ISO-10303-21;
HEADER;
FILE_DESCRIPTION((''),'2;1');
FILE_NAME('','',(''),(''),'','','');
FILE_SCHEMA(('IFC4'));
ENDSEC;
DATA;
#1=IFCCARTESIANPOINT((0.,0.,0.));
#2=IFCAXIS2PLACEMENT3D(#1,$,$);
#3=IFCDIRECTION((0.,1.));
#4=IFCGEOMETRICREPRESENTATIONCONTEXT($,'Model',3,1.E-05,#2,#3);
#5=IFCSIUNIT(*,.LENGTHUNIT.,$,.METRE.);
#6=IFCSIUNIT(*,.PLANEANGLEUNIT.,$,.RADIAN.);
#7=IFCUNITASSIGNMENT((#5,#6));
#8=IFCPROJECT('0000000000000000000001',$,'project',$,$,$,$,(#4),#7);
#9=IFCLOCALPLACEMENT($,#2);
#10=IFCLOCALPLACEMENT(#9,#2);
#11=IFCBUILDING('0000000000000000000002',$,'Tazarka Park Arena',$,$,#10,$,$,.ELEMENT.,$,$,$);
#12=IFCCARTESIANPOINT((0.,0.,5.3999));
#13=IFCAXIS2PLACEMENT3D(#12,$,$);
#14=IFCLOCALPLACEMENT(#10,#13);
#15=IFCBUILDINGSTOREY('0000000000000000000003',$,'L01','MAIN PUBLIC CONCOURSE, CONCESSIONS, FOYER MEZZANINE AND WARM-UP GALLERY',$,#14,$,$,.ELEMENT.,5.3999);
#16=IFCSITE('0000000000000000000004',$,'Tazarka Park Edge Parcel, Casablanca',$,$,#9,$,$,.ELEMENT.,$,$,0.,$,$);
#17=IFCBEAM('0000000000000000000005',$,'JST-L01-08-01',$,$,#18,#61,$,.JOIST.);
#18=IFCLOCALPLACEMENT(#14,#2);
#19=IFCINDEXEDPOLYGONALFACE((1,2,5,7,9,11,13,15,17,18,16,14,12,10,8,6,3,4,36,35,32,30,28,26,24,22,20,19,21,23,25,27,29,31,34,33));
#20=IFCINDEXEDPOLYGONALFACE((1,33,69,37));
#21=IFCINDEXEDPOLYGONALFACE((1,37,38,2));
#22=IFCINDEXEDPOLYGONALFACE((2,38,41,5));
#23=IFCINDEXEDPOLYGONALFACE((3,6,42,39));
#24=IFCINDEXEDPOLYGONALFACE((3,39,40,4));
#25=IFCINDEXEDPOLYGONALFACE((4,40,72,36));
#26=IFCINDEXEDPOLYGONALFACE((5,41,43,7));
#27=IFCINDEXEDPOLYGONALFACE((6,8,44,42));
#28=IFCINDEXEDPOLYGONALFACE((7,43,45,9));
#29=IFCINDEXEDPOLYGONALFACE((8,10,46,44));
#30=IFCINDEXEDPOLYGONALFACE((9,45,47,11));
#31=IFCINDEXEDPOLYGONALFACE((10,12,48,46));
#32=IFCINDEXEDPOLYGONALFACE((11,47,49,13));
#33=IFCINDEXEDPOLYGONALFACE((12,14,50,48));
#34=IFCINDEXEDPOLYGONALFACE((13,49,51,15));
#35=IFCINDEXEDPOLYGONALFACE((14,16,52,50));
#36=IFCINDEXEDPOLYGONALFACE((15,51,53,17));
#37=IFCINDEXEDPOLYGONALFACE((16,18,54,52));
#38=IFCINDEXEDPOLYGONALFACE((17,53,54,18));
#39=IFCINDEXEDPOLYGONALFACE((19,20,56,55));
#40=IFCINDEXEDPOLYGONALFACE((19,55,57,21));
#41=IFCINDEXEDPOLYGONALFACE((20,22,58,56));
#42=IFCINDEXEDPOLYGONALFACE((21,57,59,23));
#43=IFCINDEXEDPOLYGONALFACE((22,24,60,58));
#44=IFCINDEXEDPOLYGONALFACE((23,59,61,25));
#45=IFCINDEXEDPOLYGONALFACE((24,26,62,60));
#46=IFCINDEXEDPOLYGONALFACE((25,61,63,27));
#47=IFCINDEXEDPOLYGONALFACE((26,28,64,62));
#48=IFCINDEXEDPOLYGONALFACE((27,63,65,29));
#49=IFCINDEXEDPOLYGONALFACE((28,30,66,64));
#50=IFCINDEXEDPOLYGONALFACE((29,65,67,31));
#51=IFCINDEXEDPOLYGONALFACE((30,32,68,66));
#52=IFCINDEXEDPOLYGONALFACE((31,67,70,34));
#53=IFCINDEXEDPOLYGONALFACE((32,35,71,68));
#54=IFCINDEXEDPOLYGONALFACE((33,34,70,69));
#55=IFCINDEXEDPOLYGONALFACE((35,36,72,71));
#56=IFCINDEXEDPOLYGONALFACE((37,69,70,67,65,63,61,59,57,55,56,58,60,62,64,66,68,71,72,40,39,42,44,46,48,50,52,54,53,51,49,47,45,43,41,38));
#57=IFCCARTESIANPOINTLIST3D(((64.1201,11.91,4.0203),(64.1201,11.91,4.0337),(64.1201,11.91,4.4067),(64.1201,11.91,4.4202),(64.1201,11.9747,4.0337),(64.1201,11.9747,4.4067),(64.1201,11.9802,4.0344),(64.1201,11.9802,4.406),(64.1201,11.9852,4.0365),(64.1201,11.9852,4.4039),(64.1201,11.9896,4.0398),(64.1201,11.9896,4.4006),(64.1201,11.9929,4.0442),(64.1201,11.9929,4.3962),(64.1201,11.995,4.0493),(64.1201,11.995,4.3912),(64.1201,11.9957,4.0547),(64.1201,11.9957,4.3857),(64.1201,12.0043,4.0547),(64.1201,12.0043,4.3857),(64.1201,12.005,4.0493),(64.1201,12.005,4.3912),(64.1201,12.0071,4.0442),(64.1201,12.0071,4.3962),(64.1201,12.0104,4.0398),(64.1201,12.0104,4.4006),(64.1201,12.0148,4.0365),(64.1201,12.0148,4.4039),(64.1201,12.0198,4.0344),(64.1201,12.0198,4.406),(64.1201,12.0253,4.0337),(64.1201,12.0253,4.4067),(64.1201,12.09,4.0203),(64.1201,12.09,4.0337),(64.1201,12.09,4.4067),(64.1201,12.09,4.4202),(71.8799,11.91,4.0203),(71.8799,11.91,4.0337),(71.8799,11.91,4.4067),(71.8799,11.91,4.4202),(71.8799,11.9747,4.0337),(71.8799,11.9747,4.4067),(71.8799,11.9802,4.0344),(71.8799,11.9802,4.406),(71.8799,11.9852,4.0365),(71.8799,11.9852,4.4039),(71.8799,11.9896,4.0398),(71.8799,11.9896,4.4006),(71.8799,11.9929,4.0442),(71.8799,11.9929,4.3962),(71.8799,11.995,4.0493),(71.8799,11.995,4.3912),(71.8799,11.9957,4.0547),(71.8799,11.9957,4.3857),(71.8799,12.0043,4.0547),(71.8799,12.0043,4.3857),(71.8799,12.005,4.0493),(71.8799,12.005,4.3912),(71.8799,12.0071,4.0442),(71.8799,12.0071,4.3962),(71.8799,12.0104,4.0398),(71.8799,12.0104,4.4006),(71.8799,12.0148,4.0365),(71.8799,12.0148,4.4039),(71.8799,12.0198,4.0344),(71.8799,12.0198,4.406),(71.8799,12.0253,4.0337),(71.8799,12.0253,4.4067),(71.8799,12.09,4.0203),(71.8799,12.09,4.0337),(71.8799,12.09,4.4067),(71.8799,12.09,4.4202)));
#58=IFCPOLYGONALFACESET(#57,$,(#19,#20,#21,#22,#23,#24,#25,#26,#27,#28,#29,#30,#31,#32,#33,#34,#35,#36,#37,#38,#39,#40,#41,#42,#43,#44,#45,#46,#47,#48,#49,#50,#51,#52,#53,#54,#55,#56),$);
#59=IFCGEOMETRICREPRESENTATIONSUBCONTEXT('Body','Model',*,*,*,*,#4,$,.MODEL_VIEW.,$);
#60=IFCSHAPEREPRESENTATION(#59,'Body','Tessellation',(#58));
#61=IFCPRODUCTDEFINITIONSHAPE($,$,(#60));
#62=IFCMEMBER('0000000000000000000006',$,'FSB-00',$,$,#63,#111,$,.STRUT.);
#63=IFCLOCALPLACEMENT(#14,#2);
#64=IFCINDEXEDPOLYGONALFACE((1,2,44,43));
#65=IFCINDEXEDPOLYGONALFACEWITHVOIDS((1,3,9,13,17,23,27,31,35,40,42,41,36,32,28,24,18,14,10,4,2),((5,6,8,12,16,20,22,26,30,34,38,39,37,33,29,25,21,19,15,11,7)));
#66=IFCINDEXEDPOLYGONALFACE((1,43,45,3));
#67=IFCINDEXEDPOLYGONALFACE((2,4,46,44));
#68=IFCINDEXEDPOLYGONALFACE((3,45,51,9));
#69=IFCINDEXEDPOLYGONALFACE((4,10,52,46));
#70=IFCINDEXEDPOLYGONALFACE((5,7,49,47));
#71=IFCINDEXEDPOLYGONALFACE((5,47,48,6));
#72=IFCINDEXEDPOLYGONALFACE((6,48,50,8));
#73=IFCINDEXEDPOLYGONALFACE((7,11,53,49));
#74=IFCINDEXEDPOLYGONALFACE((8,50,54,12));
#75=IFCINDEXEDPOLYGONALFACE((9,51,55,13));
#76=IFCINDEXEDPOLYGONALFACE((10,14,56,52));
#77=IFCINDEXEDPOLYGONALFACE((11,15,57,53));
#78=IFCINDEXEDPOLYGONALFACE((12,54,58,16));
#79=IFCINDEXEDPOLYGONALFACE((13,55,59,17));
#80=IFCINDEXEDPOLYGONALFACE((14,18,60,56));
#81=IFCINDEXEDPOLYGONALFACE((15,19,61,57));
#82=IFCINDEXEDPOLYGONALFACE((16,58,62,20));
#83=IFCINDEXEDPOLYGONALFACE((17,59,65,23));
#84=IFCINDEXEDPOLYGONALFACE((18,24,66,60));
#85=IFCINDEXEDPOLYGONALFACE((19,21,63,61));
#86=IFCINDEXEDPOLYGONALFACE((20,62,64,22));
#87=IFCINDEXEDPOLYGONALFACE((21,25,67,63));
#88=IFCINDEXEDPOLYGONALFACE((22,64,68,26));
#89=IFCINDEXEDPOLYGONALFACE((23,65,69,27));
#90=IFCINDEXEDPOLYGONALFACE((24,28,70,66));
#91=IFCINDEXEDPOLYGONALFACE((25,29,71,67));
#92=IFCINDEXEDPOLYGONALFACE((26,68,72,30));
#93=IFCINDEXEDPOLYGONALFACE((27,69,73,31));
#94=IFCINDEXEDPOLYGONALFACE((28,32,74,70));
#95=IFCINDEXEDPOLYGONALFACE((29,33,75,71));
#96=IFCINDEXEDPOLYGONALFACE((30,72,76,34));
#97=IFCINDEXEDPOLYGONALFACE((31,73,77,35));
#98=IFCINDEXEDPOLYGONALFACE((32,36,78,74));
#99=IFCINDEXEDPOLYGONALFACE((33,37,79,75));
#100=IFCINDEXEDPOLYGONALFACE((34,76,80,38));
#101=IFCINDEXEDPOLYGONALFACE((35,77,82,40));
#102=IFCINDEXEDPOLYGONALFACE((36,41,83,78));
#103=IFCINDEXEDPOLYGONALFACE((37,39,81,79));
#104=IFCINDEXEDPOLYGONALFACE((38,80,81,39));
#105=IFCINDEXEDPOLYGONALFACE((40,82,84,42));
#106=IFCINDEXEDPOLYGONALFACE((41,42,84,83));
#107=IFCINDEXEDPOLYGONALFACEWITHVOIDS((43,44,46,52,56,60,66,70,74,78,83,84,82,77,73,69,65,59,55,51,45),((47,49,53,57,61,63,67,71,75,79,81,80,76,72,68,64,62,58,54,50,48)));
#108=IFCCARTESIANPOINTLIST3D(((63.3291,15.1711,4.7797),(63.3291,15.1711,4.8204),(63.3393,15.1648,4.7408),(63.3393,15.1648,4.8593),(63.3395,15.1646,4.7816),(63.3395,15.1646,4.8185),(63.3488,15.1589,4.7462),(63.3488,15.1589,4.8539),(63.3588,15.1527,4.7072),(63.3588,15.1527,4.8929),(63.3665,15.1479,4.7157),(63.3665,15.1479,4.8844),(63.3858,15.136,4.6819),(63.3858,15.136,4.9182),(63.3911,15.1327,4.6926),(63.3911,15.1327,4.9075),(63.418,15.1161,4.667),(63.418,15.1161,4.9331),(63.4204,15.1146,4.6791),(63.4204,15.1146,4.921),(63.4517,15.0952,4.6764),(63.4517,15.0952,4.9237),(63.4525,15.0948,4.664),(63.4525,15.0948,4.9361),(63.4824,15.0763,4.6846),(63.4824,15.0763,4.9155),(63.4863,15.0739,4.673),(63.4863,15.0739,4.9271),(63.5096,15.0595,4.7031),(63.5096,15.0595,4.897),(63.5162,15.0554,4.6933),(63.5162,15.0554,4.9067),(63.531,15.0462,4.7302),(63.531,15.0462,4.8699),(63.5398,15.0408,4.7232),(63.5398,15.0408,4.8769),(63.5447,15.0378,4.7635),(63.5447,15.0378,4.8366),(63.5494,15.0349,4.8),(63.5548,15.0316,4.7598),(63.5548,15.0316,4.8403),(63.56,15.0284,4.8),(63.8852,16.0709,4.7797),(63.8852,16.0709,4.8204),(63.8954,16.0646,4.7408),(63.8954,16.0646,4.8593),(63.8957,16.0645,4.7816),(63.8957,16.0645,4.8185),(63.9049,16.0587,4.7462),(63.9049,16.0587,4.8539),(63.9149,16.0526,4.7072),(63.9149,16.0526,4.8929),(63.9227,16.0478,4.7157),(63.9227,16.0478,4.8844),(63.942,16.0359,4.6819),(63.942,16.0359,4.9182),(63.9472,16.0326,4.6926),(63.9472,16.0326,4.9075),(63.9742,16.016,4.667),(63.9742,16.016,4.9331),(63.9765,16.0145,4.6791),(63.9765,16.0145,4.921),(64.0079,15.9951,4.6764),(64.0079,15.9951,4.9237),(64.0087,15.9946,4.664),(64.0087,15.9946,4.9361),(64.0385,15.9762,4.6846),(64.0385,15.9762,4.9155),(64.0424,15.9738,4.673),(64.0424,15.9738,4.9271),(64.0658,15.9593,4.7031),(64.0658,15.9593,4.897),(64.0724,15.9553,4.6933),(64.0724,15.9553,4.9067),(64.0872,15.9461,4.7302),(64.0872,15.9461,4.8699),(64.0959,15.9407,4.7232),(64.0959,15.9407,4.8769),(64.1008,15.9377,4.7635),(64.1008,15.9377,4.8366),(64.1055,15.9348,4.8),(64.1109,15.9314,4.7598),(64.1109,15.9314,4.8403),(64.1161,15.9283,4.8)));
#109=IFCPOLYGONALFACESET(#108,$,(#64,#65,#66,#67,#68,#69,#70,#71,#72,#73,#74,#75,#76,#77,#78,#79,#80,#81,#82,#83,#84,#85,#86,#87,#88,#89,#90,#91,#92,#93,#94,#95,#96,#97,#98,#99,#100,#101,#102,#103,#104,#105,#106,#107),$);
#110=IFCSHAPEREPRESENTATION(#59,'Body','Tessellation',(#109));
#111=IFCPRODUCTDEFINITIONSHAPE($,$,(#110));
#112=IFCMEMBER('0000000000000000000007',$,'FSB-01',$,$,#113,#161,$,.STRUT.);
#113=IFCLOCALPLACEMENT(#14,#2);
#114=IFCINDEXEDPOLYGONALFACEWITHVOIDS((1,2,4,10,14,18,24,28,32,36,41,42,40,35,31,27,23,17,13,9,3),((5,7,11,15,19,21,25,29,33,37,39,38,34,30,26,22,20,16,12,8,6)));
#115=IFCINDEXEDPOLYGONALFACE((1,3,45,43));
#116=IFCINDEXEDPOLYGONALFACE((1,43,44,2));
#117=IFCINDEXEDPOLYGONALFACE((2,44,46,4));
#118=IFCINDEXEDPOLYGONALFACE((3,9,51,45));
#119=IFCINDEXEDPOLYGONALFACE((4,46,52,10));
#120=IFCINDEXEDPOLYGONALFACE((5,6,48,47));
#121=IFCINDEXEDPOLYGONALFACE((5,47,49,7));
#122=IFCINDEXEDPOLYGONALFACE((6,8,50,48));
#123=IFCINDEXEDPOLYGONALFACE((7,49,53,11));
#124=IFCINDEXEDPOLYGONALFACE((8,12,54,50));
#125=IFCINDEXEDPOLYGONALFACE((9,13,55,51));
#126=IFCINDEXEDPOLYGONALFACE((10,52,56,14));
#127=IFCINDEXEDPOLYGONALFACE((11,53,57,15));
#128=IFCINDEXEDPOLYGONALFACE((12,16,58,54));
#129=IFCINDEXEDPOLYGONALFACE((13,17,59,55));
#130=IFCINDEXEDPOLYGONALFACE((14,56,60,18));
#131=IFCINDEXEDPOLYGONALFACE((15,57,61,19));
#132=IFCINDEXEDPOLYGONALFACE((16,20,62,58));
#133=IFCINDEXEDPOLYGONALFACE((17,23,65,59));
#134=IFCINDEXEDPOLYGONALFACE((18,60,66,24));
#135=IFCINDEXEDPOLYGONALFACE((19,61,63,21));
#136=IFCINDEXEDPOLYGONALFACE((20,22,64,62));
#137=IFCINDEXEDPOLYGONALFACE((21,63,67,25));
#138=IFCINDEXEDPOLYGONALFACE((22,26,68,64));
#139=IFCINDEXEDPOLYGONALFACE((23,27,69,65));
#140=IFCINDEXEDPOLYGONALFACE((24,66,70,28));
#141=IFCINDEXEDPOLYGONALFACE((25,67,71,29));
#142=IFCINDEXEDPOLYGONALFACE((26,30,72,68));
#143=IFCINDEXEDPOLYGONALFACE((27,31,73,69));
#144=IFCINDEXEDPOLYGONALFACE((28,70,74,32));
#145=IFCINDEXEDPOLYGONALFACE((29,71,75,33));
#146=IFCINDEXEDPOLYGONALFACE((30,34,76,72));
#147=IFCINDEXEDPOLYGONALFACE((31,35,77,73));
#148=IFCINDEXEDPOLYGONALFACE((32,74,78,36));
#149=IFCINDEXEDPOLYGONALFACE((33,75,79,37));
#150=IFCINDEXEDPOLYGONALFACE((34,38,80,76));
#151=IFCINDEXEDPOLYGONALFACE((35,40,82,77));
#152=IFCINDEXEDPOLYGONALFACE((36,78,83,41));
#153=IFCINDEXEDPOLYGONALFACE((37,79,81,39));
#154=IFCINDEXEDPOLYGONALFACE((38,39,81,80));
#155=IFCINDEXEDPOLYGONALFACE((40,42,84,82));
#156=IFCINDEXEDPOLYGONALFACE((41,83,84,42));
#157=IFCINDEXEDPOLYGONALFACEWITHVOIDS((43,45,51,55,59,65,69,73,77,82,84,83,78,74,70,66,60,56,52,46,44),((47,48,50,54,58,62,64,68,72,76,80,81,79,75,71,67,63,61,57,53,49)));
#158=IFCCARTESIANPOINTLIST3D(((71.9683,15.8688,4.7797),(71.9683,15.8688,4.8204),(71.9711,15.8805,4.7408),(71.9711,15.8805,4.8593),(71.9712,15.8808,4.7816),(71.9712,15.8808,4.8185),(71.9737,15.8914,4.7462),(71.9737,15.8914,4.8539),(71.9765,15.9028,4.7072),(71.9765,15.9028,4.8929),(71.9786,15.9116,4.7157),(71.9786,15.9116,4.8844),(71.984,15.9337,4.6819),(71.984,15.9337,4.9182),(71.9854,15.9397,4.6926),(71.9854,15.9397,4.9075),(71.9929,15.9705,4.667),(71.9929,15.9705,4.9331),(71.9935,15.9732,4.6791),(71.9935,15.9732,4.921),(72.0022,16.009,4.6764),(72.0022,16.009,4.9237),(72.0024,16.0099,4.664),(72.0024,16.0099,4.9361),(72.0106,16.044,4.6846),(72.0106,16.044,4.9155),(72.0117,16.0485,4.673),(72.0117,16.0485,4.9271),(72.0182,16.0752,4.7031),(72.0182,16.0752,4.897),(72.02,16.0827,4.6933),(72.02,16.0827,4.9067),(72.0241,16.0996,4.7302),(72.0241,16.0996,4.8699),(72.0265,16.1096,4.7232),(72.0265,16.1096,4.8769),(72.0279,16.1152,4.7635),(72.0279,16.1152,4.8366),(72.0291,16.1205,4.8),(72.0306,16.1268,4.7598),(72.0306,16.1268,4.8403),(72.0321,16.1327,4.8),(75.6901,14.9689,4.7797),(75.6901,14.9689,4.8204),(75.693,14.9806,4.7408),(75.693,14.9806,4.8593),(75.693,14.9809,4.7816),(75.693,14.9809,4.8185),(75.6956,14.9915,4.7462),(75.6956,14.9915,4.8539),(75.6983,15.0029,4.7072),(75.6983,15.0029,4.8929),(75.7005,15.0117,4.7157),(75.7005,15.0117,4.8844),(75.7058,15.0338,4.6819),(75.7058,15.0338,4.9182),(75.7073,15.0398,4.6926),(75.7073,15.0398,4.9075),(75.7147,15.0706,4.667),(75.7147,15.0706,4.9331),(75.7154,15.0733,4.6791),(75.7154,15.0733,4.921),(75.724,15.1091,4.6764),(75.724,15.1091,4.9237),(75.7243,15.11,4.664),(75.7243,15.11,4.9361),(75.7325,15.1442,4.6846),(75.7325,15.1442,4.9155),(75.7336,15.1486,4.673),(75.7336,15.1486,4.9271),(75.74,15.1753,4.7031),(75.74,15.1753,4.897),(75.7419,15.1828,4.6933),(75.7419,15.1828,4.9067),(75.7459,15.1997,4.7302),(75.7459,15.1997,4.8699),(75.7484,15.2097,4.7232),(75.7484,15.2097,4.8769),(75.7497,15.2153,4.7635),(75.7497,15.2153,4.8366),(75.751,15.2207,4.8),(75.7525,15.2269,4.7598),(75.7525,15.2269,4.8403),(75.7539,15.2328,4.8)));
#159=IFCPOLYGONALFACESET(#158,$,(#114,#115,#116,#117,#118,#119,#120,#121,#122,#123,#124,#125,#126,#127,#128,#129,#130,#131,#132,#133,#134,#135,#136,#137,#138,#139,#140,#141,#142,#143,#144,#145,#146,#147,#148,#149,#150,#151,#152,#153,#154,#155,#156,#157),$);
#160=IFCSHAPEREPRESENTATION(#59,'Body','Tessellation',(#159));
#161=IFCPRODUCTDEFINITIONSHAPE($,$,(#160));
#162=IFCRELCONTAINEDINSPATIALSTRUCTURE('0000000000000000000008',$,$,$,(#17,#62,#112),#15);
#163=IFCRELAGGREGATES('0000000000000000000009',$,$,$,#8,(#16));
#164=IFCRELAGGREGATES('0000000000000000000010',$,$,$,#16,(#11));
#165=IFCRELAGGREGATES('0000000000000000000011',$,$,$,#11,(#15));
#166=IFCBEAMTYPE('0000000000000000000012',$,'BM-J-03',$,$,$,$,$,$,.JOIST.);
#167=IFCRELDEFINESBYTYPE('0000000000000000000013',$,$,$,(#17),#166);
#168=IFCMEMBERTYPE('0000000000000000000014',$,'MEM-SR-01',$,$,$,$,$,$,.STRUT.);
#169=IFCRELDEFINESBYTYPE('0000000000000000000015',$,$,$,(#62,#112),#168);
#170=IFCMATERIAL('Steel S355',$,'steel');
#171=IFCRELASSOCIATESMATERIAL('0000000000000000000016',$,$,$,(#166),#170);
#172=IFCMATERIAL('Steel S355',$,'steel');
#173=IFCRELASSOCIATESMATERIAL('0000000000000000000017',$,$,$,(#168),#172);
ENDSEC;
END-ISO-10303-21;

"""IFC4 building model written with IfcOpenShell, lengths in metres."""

from ifc_helpers import new_model, si_unit, direction, frame, origin, origin_2d, place, context, subcontext, project, spatial, hollow_circle, i_section, extrude, material, material_profile, profile_set, type_object, element, save


model = new_model("IFC4")

# Units and contexts
model_context = context("Model", 3, precision=1e-05, world=origin(), true_north=direction((0.0, 1.0)))
body_context = subcontext(model_context, "Body", "Model", "MODEL_VIEW")
ifc_project = project(units=[si_unit("LENGTHUNIT", "METRE"), si_unit("PLANEANGLEUNIT", "RADIAN")], contexts=[model_context])

# Site, building, storey
site_placement = place(None, origin())
site = spatial("IfcSite", under=ifc_project, at=site_placement, Name="Tazarka Park Edge Parcel, Casablanca", CompositionType="ELEMENT", RefElevation=0.0)
building_placement = place(site_placement, origin())
building = spatial("IfcBuilding", under=site, at=building_placement, Name="Tazarka Park Arena", CompositionType="ELEMENT")
storey_placement = place(building_placement, frame((0.0, 0.0, 5.3999)))
storey = spatial("IfcBuildingStorey", under=building, at=storey_placement, Name="L01", Description="MAIN PUBLIC CONCOURSE, CONCESSIONS, FOYER MEZZANINE AND WARM-UP GALLERY", CompositionType="ELEMENT", Elevation=5.3999)

# Beam
ifc_material_1 = material(Name="Steel S355", Category="steel")
ifc_material_profile_1 = material_profile(ifc_material_1, i_section(OverallWidth=0.1799, OverallDepth=0.3999, WebThickness=0.0085, FlangeThickness=0.0134, FilletRadius=0.021, at=origin_2d()), Name="Steel S355")
ifc_profile_set_1 = profile_set([ifc_material_profile_1], Name="Steel S355")
beam_type_1 = type_object("IfcBeamType", Name="BM-J-03", PredefinedType="JOIST", material=ifc_profile_set_1)
beam_1_placement = place(storey_placement, frame((64.1201, 12.0, 4.2202), z_axis=(1.0, 0.0, 0.0), x_axis=(0.0, 1.0, 0.0)))
element("IfcBeam", 1, at=beam_1_placement, inside=storey, type_object=beam_type_1, Name="JST-L01-08-01", PredefinedType="JOIST", context=body_context, shape_type="SweptSolid", body=[
    extrude(i_section(OverallWidth=0.1799, OverallDepth=0.3999, WebThickness=0.0085, FlangeThickness=0.0134, FilletRadius=0.021, at=origin_2d()), origin(), (0.0, 0.0, 1.0), 7.7598),
])

# Members
ifc_material_2 = material(Name="Steel S355", Category="steel")
ifc_material_profile_2 = material_profile(ifc_material_2, hollow_circle(Radius=0.1365, WallThickness=0.0125, at=origin_2d()), Name="Steel S355")
ifc_profile_set_2 = profile_set([ifc_material_profile_2], Name="Steel S355")
member_type = type_object("IfcMemberType", Name="MEM-SR-01", PredefinedType="STRUT", material=ifc_profile_set_2)
member_1_placement = place(storey_placement, frame((64.0, 16.0, 4.8), z_axis=(-0.525719, -0.850658, 0.0), x_axis=(0.850658, -0.525719, 0.0)))
element("IfcMember", 2, at=member_1_placement, inside=storey, type_object=member_type, Name="FSB-00", PredefinedType="STRUT", context=body_context, shape_type="SweptSolid", body=[
    extrude(hollow_circle(Radius=0.1365, WallThickness=0.0125, at=origin_2d()), origin(), (0.0, 0.0, 1.0), 1.0579),
])
member_2_placement = place(storey_placement, frame((72.0, 16.0, 4.8), z_axis=(0.971992, -0.235012, 0.0), x_axis=(0.235012, 0.971992, 0.0)))
element("IfcMember", 3, at=member_2_placement, inside=storey, type_object=member_type, Name="FSB-01", PredefinedType="STRUT", context=body_context, shape_type="SweptSolid", body=[
    extrude(hollow_circle(Radius=0.1365, WallThickness=0.0125, at=origin_2d()), origin(), (0.0, 0.0, 1.0), 3.8291),
])

save(model, "model.ifc")
